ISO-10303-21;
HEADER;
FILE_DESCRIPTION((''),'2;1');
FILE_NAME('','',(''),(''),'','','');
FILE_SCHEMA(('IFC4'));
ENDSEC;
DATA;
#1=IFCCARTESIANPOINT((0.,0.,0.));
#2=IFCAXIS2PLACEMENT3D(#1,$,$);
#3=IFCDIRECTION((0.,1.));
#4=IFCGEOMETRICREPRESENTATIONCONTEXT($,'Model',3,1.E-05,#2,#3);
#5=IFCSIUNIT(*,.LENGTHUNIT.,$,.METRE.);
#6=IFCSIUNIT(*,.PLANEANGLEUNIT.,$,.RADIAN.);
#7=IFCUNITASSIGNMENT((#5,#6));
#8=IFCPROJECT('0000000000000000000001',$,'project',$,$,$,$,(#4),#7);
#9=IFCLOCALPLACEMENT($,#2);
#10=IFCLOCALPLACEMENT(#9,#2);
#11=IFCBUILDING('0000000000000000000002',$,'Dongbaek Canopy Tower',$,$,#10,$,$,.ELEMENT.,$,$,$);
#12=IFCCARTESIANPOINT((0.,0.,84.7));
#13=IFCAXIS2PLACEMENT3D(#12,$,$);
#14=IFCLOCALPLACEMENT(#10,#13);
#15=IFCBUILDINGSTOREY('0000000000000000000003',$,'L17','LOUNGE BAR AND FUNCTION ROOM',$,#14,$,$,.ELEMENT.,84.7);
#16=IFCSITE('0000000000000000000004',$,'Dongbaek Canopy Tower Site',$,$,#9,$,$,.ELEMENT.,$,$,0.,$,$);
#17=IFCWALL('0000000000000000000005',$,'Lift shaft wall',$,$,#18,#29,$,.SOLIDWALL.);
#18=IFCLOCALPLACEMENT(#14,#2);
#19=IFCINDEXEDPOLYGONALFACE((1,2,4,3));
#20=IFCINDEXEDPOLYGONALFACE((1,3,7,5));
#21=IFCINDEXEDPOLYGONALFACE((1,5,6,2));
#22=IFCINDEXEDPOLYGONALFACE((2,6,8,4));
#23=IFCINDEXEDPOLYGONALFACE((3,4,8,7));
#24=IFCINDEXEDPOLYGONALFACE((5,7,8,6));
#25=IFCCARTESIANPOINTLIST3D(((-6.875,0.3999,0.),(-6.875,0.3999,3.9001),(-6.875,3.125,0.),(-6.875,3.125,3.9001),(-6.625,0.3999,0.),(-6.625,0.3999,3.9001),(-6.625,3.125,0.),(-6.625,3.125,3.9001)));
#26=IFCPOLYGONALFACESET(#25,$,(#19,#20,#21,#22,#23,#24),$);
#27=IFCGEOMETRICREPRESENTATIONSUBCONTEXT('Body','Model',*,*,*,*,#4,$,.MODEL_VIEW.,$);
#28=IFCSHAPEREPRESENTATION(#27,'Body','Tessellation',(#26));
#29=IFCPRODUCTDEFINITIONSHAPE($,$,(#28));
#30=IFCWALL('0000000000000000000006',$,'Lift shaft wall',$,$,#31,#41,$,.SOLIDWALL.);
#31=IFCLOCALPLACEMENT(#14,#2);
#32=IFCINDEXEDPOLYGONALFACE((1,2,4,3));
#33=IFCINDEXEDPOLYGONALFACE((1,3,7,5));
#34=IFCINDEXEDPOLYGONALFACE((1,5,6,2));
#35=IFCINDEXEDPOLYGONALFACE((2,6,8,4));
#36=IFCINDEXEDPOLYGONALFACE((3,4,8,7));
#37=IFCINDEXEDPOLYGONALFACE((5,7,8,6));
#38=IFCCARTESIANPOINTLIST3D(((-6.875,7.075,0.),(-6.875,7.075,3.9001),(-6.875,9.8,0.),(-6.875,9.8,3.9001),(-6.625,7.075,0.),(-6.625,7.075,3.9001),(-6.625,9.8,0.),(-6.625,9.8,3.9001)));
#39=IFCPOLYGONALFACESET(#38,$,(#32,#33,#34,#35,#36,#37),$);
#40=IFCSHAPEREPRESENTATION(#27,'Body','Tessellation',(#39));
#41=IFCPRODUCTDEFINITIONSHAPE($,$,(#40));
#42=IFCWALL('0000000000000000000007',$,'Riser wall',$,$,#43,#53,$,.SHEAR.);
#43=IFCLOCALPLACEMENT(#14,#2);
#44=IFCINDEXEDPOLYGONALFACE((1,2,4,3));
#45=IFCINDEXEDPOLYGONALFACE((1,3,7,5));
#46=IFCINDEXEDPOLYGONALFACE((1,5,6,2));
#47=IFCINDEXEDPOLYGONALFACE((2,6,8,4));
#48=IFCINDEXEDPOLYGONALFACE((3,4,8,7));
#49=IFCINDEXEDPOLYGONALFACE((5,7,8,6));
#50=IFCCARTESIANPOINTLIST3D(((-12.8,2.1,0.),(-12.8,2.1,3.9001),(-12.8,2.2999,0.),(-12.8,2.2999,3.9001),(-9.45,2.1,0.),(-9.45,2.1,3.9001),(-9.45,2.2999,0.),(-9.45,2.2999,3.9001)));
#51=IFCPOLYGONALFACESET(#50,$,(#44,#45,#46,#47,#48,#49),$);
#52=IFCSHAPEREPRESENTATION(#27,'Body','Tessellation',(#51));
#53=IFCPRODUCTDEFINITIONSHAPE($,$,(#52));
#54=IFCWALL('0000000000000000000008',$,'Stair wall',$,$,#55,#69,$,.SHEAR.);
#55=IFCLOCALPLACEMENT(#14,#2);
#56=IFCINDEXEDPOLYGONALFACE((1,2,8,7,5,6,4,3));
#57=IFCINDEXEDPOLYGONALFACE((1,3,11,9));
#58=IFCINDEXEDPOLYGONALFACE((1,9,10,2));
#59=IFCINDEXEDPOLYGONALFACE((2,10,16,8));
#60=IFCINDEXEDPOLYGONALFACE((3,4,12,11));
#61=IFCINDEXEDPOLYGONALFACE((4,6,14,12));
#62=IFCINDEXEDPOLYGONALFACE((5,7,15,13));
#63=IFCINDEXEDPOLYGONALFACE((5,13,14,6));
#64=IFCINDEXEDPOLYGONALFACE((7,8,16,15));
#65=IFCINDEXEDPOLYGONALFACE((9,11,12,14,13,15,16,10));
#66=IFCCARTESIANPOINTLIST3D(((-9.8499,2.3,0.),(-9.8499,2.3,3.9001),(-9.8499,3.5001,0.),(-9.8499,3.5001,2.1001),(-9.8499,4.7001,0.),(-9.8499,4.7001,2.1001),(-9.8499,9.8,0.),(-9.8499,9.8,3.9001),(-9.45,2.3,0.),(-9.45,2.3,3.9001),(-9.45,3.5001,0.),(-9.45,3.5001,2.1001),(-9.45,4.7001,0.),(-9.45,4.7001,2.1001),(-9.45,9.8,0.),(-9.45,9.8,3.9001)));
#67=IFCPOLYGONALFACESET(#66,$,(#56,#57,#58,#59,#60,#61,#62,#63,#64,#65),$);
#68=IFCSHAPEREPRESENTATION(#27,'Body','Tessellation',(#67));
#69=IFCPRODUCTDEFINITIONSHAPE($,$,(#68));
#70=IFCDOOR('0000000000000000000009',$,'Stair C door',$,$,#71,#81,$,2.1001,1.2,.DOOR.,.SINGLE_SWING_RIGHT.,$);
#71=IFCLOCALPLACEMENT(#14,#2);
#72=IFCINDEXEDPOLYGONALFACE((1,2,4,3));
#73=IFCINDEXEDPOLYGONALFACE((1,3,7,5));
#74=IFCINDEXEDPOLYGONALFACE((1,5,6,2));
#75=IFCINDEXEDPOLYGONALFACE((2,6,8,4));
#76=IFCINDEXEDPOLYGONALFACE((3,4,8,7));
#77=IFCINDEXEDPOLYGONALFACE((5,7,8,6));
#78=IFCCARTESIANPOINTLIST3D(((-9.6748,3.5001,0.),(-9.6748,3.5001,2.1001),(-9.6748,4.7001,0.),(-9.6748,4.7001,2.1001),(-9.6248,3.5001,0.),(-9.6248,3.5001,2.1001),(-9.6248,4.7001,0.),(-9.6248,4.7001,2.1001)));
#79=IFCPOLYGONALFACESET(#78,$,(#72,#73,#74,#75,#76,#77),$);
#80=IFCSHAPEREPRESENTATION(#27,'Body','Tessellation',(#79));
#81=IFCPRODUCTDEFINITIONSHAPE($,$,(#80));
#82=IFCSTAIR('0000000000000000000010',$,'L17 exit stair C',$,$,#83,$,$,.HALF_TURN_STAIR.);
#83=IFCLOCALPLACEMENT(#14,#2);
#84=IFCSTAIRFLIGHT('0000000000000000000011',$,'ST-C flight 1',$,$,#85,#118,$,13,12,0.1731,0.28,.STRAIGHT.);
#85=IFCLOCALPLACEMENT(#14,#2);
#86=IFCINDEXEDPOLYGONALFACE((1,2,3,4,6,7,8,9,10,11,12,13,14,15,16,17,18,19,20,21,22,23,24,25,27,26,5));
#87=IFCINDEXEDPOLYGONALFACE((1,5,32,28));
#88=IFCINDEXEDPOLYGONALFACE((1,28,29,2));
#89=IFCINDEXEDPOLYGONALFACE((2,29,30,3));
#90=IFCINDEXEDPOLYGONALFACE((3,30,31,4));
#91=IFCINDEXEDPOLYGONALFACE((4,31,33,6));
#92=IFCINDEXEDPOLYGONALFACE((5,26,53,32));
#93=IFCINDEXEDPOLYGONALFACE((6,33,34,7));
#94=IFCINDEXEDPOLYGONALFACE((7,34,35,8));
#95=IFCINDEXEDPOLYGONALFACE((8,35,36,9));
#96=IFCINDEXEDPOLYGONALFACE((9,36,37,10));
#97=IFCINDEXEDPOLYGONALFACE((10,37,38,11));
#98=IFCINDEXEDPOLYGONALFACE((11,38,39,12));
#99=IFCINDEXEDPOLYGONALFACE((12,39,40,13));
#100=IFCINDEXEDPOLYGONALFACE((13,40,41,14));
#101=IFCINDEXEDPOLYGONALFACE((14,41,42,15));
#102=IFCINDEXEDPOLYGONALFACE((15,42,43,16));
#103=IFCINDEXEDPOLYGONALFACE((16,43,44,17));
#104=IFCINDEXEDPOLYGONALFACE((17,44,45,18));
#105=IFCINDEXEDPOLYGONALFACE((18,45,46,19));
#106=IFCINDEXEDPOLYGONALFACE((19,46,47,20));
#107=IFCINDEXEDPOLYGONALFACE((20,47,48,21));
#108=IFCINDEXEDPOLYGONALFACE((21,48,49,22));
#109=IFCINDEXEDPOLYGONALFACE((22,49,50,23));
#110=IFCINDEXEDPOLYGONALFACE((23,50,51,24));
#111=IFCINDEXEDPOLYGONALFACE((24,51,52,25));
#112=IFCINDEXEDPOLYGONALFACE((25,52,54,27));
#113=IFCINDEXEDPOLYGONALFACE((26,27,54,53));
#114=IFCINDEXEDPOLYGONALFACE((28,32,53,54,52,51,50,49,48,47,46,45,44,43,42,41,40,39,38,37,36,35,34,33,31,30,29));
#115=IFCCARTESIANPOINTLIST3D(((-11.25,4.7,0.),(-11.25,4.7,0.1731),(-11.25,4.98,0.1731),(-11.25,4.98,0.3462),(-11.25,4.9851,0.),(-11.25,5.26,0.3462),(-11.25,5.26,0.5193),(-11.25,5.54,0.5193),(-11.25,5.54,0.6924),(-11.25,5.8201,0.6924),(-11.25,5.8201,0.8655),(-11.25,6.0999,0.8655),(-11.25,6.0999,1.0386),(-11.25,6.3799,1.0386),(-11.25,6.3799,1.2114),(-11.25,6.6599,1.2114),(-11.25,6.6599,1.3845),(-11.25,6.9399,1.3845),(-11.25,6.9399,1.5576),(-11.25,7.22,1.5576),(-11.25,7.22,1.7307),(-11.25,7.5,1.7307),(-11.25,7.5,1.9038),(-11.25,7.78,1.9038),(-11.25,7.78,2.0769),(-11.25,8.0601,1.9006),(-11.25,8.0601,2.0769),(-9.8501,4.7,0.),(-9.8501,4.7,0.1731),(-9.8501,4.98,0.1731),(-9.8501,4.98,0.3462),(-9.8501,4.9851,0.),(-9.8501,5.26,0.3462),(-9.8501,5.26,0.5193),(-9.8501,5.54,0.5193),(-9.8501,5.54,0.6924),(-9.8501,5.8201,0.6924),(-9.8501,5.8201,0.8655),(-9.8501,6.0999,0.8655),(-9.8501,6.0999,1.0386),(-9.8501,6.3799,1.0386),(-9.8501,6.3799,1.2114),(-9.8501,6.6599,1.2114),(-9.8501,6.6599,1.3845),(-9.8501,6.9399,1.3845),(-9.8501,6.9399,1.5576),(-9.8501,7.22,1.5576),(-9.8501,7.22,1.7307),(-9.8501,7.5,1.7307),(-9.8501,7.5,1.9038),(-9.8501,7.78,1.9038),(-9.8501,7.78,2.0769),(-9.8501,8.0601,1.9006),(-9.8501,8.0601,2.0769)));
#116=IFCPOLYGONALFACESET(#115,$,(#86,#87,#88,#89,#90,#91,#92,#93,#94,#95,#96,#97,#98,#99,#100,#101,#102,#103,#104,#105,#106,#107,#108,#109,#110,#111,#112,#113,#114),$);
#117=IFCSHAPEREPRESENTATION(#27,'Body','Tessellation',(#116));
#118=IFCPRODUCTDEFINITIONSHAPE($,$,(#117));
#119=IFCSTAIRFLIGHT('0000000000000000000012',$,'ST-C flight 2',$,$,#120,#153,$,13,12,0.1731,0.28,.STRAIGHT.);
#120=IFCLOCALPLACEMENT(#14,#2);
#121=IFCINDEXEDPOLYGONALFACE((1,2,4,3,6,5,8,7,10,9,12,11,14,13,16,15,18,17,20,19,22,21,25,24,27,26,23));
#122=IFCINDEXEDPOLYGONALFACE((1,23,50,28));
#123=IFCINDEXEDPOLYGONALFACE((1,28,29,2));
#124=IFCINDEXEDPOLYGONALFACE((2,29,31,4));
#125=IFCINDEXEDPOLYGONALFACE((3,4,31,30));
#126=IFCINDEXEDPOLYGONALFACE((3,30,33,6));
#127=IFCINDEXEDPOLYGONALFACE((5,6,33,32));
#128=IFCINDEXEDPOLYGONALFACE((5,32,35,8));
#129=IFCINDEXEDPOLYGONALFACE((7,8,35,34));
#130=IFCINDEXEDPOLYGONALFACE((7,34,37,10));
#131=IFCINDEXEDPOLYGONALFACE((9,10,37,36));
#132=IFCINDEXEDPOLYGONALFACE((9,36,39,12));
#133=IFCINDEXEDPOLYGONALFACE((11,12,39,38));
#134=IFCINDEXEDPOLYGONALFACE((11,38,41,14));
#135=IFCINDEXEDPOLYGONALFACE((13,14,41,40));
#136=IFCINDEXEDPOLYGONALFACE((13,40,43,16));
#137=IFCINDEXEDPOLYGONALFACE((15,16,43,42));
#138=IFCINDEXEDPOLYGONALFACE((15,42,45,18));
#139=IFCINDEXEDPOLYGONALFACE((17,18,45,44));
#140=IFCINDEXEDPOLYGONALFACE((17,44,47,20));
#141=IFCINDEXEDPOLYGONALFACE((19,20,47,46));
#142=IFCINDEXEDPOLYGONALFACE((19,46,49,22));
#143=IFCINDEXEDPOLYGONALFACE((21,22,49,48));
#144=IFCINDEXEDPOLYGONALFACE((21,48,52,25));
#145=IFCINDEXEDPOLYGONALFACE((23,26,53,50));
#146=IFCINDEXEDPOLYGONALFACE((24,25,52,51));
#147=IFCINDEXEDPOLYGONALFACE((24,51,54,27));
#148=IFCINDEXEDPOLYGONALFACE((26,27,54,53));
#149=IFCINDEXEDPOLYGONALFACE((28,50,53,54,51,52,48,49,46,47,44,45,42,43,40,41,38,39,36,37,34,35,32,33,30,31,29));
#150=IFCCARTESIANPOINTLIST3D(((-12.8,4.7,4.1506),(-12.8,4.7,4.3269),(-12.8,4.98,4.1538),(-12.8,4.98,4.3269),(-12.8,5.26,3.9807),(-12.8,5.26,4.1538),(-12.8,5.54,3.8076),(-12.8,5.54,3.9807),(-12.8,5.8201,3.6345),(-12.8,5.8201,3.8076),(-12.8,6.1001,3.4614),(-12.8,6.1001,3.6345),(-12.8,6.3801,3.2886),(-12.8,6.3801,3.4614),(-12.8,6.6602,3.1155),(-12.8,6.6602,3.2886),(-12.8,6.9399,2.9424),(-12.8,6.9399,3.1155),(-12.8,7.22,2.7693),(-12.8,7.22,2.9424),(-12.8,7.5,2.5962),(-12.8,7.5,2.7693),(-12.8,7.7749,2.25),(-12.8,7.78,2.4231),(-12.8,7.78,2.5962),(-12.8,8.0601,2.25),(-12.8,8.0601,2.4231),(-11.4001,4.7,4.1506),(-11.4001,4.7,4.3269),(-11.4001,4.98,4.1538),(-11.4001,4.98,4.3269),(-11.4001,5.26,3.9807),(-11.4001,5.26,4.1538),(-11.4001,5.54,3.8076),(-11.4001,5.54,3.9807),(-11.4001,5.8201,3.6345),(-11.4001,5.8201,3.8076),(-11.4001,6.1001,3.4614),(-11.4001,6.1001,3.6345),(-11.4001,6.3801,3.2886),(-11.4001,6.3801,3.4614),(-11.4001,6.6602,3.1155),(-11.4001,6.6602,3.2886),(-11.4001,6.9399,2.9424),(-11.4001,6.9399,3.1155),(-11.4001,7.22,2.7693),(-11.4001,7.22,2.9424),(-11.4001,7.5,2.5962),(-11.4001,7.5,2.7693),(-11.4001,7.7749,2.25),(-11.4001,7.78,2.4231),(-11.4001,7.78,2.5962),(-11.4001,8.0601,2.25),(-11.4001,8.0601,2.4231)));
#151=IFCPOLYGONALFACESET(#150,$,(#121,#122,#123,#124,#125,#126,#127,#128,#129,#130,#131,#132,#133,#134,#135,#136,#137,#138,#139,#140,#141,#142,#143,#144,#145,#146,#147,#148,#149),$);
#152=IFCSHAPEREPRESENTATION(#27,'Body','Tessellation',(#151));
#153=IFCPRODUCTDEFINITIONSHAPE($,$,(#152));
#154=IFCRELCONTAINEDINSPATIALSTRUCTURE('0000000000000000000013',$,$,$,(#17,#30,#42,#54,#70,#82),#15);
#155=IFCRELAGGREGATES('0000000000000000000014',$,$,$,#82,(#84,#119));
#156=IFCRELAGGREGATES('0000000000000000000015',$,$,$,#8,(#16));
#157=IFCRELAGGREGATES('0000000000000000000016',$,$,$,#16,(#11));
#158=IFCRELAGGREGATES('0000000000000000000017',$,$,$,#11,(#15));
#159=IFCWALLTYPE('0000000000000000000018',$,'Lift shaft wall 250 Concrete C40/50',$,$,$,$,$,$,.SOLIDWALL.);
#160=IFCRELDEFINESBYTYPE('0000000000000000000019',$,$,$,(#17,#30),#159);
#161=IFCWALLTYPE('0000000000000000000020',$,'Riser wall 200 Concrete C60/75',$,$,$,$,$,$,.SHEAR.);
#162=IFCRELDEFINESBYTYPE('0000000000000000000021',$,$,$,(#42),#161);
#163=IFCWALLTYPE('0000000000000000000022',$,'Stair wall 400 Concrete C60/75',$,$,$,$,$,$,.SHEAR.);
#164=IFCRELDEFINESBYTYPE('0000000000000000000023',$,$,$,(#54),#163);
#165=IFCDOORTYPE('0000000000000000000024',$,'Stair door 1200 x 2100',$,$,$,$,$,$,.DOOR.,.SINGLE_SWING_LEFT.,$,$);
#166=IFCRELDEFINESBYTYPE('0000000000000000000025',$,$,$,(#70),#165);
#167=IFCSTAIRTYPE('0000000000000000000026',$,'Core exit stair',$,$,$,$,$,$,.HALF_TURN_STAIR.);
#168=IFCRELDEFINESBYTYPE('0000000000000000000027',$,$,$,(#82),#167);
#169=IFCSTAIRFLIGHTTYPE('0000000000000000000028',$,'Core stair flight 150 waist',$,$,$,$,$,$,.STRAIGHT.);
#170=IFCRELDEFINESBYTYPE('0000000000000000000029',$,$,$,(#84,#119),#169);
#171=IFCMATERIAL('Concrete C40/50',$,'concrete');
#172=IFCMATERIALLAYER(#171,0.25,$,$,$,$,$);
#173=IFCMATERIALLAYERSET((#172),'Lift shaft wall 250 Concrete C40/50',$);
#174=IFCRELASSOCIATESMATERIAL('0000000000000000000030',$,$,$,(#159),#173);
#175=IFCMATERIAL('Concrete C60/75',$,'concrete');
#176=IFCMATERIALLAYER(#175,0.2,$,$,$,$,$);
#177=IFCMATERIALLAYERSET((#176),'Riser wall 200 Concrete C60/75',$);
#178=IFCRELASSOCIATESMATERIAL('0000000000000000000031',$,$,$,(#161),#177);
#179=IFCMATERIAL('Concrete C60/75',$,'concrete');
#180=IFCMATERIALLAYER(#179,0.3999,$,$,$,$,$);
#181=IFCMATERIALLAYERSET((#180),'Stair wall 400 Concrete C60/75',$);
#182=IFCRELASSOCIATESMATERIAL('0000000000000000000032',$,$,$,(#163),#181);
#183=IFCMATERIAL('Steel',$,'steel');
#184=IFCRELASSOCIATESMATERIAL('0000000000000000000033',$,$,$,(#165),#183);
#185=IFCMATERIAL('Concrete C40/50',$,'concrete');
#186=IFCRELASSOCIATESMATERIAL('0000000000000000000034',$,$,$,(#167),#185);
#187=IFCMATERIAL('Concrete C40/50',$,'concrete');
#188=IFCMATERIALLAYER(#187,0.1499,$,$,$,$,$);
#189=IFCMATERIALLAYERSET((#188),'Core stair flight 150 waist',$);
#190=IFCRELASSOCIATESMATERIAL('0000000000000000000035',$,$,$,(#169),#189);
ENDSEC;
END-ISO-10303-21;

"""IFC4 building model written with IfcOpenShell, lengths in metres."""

from ifc_helpers import new_model, si_unit, direction, frame, frame_2d, origin, place, context, subcontext, project, spatial, polyline, rectangle, outline, extrude, material, layer, layer_set, type_object, element, fill, aggregate, save


model = new_model("IFC4")

# Units and contexts
model_context = context("Model", 3, precision=1e-05, world=origin(), true_north=direction((0.0, 1.0)))
body_context = subcontext(model_context, "Body", "Model", "MODEL_VIEW")
ifc_project = project(units=[si_unit("LENGTHUNIT", "METRE"), si_unit("PLANEANGLEUNIT", "RADIAN")], contexts=[model_context])

# Site, building, storey
site_placement = place(None, origin())
site = spatial("IfcSite", under=ifc_project, at=site_placement, Name="Dongbaek Canopy Tower Site", CompositionType="ELEMENT", RefElevation=0.0)
building_placement = place(site_placement, origin())
building = spatial("IfcBuilding", under=site, at=building_placement, Name="Dongbaek Canopy Tower", CompositionType="ELEMENT")
storey_placement = place(building_placement, frame((0.0, 0.0, 84.7)))
storey = spatial("IfcBuildingStorey", under=building, at=storey_placement, Name="L17", Description="LOUNGE BAR AND FUNCTION ROOM", CompositionType="ELEMENT", Elevation=84.7)

# Walls
ifc_material_1 = material(Name="Concrete C40/50", Category="concrete")
ifc_layer_1 = layer(ifc_material_1, 0.25)
ifc_layer_set_1 = layer_set([ifc_layer_1], Name="Lift shaft wall 250 Concrete C40/50")
wall_type_1 = type_object("IfcWallType", Name="Lift shaft wall 250 Concrete C40/50", PredefinedType="SOLIDWALL", material=ifc_layer_set_1)
for number, where, z_axis, x_axis, name in (
    (1, (-6.75, 0.3999, 0.0), (0.0, 0.0, 1.0), (0.0, 1.0, 0.0), "Lift shaft wall"),
    (2, (-6.75, 7.075, 0.0), (0.0, 0.0, 1.0), (0.0, 1.0, 0.0), "Lift shaft wall"),
):
    element("IfcWall", number, at=place(storey_placement, frame(where, z_axis=z_axis, x_axis=x_axis)), inside=storey, type_object=wall_type_1, Name=name, PredefinedType="SOLIDWALL", context=body_context, shape_type="SweptSolid", body=[
        extrude(rectangle(XDim=2.7251, YDim=0.25, at=frame_2d((1.3625, 0.0))), origin(), (0.0, 0.0, 1.0), 3.9001),
    ])
ifc_material_2 = material(Name="Concrete C60/75", Category="concrete")
ifc_layer_2 = layer(ifc_material_2, 0.2)
ifc_layer_set_2 = layer_set([ifc_layer_2], Name="Riser wall 200 Concrete C60/75")
wall_type_2 = type_object("IfcWallType", Name="Riser wall 200 Concrete C60/75", PredefinedType="SHEAR", material=ifc_layer_set_2)
wall_1_placement = place(storey_placement, frame((-9.45, 2.2, 0.0), z_axis=(0.0, 0.0, 1.0), x_axis=(-1.0, 0.0, 0.0)))
element("IfcWall", 3, at=wall_1_placement, inside=storey, type_object=wall_type_2, Name="Riser wall", PredefinedType="SHEAR", context=body_context, shape_type="SweptSolid", body=[
    extrude(rectangle(XDim=3.3501, YDim=0.2, at=frame_2d((1.675, 0.0))), origin(), (0.0, 0.0, 1.0), 3.9001),
])

# Wall, opening, door
ifc_material_3 = material(Name="Concrete C60/75", Category="concrete")
ifc_layer_3 = layer(ifc_material_3, 0.3999)
ifc_layer_set_3 = layer_set([ifc_layer_3], Name="Stair wall 400 Concrete C60/75")
wall_type_3 = type_object("IfcWallType", Name="Stair wall 400 Concrete C60/75", PredefinedType="SHEAR", material=ifc_layer_set_3)
wall_2_placement = place(storey_placement, frame((-9.6499, 2.3, 0.0), z_axis=(0.0, 0.0, 1.0), x_axis=(0.0, 1.0, 0.0)))
wall_2 = element("IfcWall", 4, at=wall_2_placement, inside=storey, type_object=wall_type_3, Name="Stair wall", PredefinedType="SHEAR", context=body_context, shape_type="SweptSolid", body=[
    extrude(rectangle(XDim=7.5, YDim=0.3999, at=frame_2d((3.75, 0.0))), origin(), (0.0, 0.0, 1.0), 3.9001),
])
opening_1_placement = place(wall_2_placement, frame((1.2, 0.0, 0.0)))
opening_1 = element("IfcOpeningElement", 5, at=opening_1_placement, cuts=wall_2, PredefinedType="OPENING", context=body_context, shape_type="SweptSolid", body=[
    extrude(rectangle(XDim=1.2, YDim=2.1001, at=frame_2d((0.6001, 1.05))), frame((0.0, 0.21, 0.0), z_axis=(0.0, -1.0, 0.0), x_axis=(1.0, 0.0, 0.0)), (0.0, 0.0, 1.0), 0.4199),
])
ifc_material_4 = material(Name="Steel", Category="steel")
door_type_1 = type_object("IfcDoorType", Name="Stair door 1200 x 2100", OperationType="SINGLE_SWING_LEFT", PredefinedType="DOOR", material=ifc_material_4)
door_1_placement = place(opening_1_placement, origin())
door_1 = element("IfcDoor", 6, at=door_1_placement, inside=storey, type_object=door_type_1, Name="Stair C door", OperationType="SINGLE_SWING_RIGHT", OverallHeight=2.1001, OverallWidth=1.2, PredefinedType="DOOR", context=body_context, shape_type="SweptSolid", body=[
    extrude(rectangle(XDim=1.2, YDim=2.1001, at=frame_2d((0.6001, 1.05))), frame((0.0, 0.0249, 0.0), z_axis=(0.0, -1.0, 0.0), x_axis=(1.0, 0.0, 0.0)), (0.0, 0.0, 1.0), 0.05),
])
fill(opening_1, door_1)

# Stair, stair flights
ifc_material_5 = material(Name="Concrete C40/50", Category="concrete")
stair_type = type_object("IfcStairType", Name="Core exit stair", PredefinedType="HALF_TURN_STAIR", material=ifc_material_5)
stair_placement = place(storey_placement, origin())
stair = element("IfcStair", 7, at=stair_placement, inside=storey, type_object=stair_type, Name="L17 exit stair C", PredefinedType="HALF_TURN_STAIR")
ifc_material_6 = material(Name="Concrete C40/50", Category="concrete")
ifc_layer_4 = layer(ifc_material_6, 0.1499)
ifc_layer_set_4 = layer_set([ifc_layer_4], Name="Core stair flight 150 waist")
stair_flight_type = type_object("IfcStairFlightType", Name="Core stair flight 150 waist", PredefinedType="STRAIGHT", material=ifc_layer_set_4)
stair_flight_1_placement = place(storey_placement, frame((-10.55, 4.7, 0.0), z_axis=(0.0, 0.0, 1.0), x_axis=(0.0, 1.0, 0.0)))
stair_flight_1 = element("IfcStairFlight", 8, at=stair_flight_1_placement, type_object=stair_flight_type, Name="ST-C flight 1", NumberOfRisers=13, NumberOfTreads=12, PredefinedType="STRAIGHT", RiserHeight=0.1731, TreadLength=0.28, context=body_context, shape_type="SweptSolid", body=[
    extrude(outline(polyline([(0.0, 0.0), (0.0, 0.1731), (0.28, 0.1731), (0.28, 0.3462), (0.5601, 0.3462), (0.5601, 0.5193), (0.8401, 0.5193), (0.8401, 0.6924), (1.1201, 0.6924), (1.1201, 0.8655), (1.3999, 0.8655), (1.3999, 1.0386), (1.6799, 1.0386), (1.6799, 1.2114), (1.96, 1.2114), (1.96, 1.3845), (2.24, 1.3845), (2.24, 1.5576), (2.52, 1.5576), (2.52, 1.7307), (2.8, 1.7307), (2.8, 1.9038), (3.0801, 1.9038), (3.0801, 2.0769), (3.3601, 2.0769), (3.3601, 2.25), (3.3601, 1.9006), (0.2852, 0.0), (0.0, 0.0)])), frame((0.0, 0.7, 0.0), z_axis=(0.0, -1.0, 0.0), x_axis=(1.0, 0.0, 0.0)), (0.0, 0.0, 1.0), 1.3999),
])
stair_flight_2_placement = place(storey_placement, frame((-12.1001, 8.0601, 2.25), z_axis=(0.0, 0.0, 1.0), x_axis=(0.0, -1.0, 0.0)))
stair_flight_2 = element("IfcStairFlight", 9, at=stair_flight_2_placement, type_object=stair_flight_type, Name="ST-C flight 2", NumberOfRisers=13, NumberOfTreads=12, PredefinedType="STRAIGHT", RiserHeight=0.1731, TreadLength=0.28, context=body_context, shape_type="SweptSolid", body=[
    extrude(outline(polyline([(0.0, 0.0), (0.0, 0.1731), (0.28, 0.1731), (0.28, 0.3462), (0.5601, 0.3462), (0.5601, 0.5193), (0.8401, 0.5193), (0.8401, 0.6924), (1.1201, 0.6924), (1.1201, 0.8655), (1.3999, 0.8655), (1.3999, 1.0386), (1.6799, 1.0386), (1.6799, 1.2114), (1.96, 1.2114), (1.96, 1.3845), (2.24, 1.3845), (2.24, 1.5576), (2.52, 1.5576), (2.52, 1.7307), (2.8, 1.7307), (2.8, 1.9038), (3.0801, 1.9038), (3.0801, 2.0769), (3.3601, 2.0769), (3.3601, 2.25), (3.3601, 1.9006), (0.2852, 0.0), (0.0, 0.0)])), frame((0.0, 0.7, 0.0), z_axis=(0.0, -1.0, 0.0), x_axis=(1.0, 0.0, 0.0)), (0.0, 0.0, 1.0), 1.3999),
])
aggregate(stair, [stair_flight_1, stair_flight_2])

save(model, "model.ifc")
